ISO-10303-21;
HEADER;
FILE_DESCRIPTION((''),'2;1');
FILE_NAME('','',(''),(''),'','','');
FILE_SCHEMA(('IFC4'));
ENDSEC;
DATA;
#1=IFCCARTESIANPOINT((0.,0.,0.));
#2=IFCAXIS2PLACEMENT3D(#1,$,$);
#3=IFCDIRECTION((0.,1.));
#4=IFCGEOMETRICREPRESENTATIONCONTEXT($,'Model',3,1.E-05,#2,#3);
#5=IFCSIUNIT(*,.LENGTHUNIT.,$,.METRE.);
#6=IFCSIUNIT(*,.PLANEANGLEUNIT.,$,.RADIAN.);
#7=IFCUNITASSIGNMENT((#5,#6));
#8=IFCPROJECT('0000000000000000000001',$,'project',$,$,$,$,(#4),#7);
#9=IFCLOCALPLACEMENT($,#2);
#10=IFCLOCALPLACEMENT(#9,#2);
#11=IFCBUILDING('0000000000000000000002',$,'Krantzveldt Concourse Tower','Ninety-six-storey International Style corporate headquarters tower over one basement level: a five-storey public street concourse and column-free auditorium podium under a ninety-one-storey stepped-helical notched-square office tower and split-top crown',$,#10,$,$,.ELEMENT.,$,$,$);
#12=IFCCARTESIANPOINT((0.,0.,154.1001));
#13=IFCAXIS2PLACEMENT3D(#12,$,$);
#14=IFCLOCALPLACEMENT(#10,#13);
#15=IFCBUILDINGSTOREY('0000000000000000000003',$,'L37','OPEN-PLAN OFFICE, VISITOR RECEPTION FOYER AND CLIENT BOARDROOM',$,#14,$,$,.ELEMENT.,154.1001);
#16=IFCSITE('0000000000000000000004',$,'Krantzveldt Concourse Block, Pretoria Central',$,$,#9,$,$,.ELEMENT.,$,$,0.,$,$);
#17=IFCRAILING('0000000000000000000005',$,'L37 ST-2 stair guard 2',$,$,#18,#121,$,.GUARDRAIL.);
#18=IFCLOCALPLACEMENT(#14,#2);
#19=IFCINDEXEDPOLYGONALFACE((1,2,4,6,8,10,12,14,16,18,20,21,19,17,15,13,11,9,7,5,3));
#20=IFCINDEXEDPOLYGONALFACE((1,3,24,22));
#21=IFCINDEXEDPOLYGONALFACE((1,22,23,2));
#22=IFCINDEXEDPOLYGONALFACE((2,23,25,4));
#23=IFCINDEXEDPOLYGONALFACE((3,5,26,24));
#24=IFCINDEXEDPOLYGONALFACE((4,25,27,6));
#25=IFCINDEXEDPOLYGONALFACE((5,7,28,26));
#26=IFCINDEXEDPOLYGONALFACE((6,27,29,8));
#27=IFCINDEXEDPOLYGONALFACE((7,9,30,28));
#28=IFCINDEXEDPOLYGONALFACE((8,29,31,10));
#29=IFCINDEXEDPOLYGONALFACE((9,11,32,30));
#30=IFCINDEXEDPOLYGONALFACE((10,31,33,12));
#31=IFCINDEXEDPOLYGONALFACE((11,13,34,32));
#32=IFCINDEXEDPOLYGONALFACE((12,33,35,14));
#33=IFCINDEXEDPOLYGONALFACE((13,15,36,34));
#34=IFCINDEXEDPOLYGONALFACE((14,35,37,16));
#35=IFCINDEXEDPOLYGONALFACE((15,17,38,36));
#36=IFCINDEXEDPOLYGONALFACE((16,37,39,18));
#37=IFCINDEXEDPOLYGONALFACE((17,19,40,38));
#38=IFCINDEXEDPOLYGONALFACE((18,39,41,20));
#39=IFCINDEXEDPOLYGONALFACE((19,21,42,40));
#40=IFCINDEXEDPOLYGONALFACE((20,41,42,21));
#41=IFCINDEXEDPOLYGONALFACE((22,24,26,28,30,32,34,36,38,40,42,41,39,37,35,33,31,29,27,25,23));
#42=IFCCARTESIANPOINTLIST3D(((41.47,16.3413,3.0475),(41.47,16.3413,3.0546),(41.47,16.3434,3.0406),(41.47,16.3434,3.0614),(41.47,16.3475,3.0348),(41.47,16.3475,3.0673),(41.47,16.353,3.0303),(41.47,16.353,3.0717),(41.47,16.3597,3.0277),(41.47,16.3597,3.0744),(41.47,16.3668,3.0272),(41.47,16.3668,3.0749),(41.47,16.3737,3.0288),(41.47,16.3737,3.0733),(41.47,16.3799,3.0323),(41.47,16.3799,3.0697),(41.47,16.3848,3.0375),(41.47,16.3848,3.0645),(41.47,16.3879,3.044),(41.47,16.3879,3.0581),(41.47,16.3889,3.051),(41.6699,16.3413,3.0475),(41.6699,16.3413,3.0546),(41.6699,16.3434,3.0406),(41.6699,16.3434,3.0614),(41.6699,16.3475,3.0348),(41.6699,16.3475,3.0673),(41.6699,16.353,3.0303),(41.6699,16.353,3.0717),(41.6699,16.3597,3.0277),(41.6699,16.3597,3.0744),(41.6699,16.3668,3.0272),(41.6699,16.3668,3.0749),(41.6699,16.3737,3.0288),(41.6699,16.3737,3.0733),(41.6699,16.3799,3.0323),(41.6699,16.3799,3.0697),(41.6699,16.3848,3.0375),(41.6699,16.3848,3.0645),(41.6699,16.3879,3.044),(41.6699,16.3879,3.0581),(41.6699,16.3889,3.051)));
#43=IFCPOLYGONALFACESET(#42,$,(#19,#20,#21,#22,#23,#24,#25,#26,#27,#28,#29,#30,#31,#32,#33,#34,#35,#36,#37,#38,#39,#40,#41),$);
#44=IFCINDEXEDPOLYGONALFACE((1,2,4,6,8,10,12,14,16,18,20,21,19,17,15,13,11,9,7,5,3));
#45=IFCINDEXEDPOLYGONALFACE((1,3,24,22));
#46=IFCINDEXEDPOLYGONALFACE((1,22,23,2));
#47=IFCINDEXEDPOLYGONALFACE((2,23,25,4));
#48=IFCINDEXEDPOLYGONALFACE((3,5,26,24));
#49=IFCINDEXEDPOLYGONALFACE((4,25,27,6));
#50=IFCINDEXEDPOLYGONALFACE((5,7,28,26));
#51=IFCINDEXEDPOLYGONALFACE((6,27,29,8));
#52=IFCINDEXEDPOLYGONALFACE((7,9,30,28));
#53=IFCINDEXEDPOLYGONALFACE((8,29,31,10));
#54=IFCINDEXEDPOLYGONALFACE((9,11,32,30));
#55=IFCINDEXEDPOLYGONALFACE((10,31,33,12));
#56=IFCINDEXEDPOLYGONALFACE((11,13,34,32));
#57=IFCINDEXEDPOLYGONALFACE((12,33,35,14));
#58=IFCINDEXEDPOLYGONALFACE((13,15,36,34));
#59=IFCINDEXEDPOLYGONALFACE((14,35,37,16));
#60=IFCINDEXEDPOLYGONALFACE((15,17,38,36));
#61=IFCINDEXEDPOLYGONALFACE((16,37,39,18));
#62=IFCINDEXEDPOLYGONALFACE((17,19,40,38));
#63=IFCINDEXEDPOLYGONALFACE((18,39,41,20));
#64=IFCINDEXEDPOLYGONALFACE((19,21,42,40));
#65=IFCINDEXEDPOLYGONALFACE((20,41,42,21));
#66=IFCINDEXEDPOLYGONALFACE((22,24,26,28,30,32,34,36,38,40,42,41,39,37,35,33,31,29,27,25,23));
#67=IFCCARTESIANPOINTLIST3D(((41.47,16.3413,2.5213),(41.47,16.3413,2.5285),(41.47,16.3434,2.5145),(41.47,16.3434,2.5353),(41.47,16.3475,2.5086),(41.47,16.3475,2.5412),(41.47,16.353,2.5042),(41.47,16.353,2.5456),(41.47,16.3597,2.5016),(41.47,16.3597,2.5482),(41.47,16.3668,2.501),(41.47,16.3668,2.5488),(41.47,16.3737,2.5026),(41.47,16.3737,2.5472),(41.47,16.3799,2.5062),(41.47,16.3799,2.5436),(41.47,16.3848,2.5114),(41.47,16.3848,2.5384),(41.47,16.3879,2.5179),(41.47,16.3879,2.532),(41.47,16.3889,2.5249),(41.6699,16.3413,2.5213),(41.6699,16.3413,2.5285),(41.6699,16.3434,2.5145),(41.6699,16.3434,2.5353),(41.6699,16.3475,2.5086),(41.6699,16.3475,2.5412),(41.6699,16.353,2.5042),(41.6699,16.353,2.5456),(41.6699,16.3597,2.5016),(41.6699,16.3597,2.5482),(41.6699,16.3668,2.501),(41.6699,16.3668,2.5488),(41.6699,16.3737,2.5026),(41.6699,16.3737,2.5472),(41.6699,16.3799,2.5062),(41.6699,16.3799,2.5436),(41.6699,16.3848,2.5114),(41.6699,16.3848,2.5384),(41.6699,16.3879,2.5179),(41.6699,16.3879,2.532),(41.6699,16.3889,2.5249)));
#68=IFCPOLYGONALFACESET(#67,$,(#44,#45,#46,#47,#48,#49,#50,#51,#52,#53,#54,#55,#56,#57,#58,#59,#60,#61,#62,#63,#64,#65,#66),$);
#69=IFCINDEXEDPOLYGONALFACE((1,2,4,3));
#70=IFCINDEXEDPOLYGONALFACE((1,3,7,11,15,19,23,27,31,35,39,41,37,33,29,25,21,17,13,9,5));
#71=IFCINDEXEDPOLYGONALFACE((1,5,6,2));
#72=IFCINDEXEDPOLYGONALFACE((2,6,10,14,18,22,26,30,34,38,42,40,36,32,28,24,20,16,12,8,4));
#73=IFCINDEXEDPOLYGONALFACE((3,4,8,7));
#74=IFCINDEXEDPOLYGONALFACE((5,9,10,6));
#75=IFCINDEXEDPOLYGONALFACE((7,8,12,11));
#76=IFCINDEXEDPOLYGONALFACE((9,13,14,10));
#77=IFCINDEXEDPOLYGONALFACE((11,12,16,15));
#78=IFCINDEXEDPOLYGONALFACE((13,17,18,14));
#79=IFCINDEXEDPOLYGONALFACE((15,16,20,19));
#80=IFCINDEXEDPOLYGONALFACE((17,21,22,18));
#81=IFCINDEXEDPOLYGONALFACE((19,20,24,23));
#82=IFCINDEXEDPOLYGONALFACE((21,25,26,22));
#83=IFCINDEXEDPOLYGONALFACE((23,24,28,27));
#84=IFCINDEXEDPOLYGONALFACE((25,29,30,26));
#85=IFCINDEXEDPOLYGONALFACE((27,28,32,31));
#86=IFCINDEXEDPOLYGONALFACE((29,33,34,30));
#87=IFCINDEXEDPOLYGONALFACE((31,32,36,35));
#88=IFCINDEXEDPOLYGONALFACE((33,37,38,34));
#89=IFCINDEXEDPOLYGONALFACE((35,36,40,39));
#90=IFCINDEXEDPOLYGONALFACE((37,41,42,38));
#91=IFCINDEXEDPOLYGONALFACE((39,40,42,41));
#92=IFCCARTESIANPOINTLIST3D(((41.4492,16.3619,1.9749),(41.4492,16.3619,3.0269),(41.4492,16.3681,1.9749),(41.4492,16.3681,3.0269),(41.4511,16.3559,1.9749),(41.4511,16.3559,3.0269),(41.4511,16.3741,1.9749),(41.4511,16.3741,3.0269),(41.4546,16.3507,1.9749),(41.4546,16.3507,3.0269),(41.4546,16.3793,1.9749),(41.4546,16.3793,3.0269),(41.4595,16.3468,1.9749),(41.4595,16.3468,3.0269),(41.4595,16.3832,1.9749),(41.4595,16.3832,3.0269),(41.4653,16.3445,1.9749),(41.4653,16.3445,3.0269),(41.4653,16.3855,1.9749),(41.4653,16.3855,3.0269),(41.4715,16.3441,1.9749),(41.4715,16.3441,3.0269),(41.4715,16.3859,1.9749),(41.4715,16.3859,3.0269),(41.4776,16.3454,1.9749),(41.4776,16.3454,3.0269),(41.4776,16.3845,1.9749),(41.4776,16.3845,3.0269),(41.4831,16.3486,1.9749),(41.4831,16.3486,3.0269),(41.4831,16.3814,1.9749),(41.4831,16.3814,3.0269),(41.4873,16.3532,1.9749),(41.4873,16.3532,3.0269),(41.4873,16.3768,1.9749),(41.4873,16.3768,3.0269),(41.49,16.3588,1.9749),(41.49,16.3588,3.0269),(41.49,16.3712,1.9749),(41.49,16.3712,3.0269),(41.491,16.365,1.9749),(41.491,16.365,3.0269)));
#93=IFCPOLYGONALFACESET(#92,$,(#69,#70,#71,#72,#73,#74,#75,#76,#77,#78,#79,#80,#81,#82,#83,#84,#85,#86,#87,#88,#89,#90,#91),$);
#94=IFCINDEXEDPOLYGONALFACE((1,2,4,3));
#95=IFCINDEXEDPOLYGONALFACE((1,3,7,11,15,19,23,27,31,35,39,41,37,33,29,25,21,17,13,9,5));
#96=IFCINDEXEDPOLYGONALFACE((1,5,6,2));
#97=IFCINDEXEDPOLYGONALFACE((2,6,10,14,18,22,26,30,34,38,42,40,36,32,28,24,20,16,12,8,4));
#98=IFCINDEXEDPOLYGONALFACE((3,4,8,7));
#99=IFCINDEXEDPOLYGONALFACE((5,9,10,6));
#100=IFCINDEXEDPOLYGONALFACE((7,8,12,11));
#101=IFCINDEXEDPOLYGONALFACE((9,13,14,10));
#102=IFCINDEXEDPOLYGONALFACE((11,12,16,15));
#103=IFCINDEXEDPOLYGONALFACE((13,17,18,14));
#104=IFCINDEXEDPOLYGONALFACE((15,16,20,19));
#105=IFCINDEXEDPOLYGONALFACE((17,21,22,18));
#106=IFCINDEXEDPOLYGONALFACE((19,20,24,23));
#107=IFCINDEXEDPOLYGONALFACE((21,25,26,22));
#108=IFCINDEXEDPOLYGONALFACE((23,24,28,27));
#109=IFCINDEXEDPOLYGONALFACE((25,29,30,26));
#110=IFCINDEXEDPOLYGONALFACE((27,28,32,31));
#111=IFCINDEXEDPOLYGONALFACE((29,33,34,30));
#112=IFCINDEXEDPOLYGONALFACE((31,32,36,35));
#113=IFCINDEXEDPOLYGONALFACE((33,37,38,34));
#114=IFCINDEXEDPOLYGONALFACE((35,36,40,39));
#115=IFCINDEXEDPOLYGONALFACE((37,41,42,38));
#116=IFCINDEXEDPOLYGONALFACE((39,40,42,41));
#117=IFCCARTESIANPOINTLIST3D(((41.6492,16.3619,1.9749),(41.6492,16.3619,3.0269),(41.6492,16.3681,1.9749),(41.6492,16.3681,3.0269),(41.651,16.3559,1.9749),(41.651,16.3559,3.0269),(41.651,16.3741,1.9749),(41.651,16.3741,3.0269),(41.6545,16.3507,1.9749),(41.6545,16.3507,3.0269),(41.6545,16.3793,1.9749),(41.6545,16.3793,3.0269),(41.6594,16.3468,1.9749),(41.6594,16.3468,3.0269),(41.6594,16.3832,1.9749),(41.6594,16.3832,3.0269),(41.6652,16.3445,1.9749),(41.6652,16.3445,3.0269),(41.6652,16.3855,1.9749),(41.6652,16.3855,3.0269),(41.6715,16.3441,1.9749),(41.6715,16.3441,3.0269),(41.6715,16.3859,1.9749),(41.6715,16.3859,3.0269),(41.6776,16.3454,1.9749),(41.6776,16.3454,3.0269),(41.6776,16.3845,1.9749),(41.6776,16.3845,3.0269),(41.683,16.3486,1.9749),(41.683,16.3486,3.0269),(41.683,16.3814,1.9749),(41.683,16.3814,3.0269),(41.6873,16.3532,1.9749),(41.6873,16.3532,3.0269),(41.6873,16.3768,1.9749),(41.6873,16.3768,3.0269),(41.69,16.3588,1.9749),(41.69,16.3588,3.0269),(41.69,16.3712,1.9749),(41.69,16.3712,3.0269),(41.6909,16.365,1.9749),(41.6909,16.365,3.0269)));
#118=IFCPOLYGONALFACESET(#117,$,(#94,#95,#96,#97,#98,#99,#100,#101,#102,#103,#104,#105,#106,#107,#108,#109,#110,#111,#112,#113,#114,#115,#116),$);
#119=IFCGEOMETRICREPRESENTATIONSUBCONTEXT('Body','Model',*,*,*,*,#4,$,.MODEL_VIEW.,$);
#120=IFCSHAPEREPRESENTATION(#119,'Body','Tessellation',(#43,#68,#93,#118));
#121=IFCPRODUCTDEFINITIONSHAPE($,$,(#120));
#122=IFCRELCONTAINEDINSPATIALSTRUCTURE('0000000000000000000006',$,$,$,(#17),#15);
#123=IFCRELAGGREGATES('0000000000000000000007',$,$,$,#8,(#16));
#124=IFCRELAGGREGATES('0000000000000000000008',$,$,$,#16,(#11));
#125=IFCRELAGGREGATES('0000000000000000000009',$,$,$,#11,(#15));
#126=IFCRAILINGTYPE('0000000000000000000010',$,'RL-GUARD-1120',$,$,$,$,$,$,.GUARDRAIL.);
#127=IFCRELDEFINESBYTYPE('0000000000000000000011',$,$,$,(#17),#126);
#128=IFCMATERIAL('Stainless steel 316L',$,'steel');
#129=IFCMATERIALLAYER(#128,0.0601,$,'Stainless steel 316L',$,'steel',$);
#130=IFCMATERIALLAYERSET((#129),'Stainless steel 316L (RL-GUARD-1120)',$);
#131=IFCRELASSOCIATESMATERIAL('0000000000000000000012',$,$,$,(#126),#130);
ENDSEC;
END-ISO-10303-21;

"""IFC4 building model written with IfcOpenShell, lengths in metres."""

from ifc_helpers import new_model, si_unit, direction, frame, origin, origin_2d, place, context, subcontext, project, spatial, circle, extrude, material, layer, layer_set, type_object, element, save


model = new_model("IFC4")

# Units and contexts
model_context = context("Model", 3, precision=1e-05, world=origin(), true_north=direction((0.0, 1.0)))
body_context = subcontext(model_context, "Body", "Model", "MODEL_VIEW")
ifc_project = project(units=[si_unit("LENGTHUNIT", "METRE"), si_unit("PLANEANGLEUNIT", "RADIAN")], contexts=[model_context])

# Site, building, storey
site_placement = place(None, origin())
site = spatial("IfcSite", under=ifc_project, at=site_placement, Name="Krantzveldt Concourse Block, Pretoria Central", CompositionType="ELEMENT", RefElevation=0.0)
building_placement = place(site_placement, origin())
building = spatial("IfcBuilding", under=site, at=building_placement, Name="Krantzveldt Concourse Tower", Description="Ninety-six-storey International Style corporate headquarters tower over one basement level: a five-storey public street concourse and column-free auditorium podium under a ninety-one-storey stepped-helical notched-square office tower and split-top crown", CompositionType="ELEMENT")
storey_placement = place(building_placement, frame((0.0, 0.0, 154.1001)))
storey = spatial("IfcBuildingStorey", under=building, at=storey_placement, Name="L37", Description="OPEN-PLAN OFFICE, VISITOR RECEPTION FOYER AND CLIENT BOARDROOM", CompositionType="ELEMENT", Elevation=154.1001)

# Shared definitions
ifc_material_1 = material(Name="Stainless steel 316L", Category="steel")

# Railing
ifc_layer_1 = layer(ifc_material_1, 0.0601, Name="Stainless steel 316L", Category="steel")
ifc_layer_set_1 = layer_set([ifc_layer_1], Name="Stainless steel 316L (RL-GUARD-1120)")
railing_type_1 = type_object("IfcRailingType", Name="RL-GUARD-1120", PredefinedType="GUARDRAIL", material=ifc_layer_set_1)
railing_1_placement = place(storey_placement, frame((41.47, 16.365, 1.9749)))
element("IfcRailing", 1, at=railing_1_placement, inside=storey, type_object=railing_type_1, Name="L37 ST-2 stair guard 2", PredefinedType="GUARDRAIL", context=body_context, shape_type="SweptSolid", body=[
    extrude(circle(Radius=0.0239, at=origin_2d()), frame((0.0, 0.0, 1.0762), z_axis=(1.0, 0.0, 0.0), x_axis=(0.0, 1.0, 0.0)), (0.0, 0.0, 1.0), 0.2),
    extrude(circle(Radius=0.0239, at=origin_2d()), frame((0.0, 0.0, 0.55), z_axis=(1.0, 0.0, 0.0), x_axis=(0.0, 1.0, 0.0)), (0.0, 0.0, 1.0), 0.2),
    extrude(circle(Radius=0.021, at=origin_2d()), origin(), (0.0, 0.0, 1.0), 1.052),
    extrude(circle(Radius=0.021, at=origin_2d()), frame((0.2, 0.0, 0.0)), (0.0, 0.0, 1.0), 1.052),
])

save(model, "model.ifc")
